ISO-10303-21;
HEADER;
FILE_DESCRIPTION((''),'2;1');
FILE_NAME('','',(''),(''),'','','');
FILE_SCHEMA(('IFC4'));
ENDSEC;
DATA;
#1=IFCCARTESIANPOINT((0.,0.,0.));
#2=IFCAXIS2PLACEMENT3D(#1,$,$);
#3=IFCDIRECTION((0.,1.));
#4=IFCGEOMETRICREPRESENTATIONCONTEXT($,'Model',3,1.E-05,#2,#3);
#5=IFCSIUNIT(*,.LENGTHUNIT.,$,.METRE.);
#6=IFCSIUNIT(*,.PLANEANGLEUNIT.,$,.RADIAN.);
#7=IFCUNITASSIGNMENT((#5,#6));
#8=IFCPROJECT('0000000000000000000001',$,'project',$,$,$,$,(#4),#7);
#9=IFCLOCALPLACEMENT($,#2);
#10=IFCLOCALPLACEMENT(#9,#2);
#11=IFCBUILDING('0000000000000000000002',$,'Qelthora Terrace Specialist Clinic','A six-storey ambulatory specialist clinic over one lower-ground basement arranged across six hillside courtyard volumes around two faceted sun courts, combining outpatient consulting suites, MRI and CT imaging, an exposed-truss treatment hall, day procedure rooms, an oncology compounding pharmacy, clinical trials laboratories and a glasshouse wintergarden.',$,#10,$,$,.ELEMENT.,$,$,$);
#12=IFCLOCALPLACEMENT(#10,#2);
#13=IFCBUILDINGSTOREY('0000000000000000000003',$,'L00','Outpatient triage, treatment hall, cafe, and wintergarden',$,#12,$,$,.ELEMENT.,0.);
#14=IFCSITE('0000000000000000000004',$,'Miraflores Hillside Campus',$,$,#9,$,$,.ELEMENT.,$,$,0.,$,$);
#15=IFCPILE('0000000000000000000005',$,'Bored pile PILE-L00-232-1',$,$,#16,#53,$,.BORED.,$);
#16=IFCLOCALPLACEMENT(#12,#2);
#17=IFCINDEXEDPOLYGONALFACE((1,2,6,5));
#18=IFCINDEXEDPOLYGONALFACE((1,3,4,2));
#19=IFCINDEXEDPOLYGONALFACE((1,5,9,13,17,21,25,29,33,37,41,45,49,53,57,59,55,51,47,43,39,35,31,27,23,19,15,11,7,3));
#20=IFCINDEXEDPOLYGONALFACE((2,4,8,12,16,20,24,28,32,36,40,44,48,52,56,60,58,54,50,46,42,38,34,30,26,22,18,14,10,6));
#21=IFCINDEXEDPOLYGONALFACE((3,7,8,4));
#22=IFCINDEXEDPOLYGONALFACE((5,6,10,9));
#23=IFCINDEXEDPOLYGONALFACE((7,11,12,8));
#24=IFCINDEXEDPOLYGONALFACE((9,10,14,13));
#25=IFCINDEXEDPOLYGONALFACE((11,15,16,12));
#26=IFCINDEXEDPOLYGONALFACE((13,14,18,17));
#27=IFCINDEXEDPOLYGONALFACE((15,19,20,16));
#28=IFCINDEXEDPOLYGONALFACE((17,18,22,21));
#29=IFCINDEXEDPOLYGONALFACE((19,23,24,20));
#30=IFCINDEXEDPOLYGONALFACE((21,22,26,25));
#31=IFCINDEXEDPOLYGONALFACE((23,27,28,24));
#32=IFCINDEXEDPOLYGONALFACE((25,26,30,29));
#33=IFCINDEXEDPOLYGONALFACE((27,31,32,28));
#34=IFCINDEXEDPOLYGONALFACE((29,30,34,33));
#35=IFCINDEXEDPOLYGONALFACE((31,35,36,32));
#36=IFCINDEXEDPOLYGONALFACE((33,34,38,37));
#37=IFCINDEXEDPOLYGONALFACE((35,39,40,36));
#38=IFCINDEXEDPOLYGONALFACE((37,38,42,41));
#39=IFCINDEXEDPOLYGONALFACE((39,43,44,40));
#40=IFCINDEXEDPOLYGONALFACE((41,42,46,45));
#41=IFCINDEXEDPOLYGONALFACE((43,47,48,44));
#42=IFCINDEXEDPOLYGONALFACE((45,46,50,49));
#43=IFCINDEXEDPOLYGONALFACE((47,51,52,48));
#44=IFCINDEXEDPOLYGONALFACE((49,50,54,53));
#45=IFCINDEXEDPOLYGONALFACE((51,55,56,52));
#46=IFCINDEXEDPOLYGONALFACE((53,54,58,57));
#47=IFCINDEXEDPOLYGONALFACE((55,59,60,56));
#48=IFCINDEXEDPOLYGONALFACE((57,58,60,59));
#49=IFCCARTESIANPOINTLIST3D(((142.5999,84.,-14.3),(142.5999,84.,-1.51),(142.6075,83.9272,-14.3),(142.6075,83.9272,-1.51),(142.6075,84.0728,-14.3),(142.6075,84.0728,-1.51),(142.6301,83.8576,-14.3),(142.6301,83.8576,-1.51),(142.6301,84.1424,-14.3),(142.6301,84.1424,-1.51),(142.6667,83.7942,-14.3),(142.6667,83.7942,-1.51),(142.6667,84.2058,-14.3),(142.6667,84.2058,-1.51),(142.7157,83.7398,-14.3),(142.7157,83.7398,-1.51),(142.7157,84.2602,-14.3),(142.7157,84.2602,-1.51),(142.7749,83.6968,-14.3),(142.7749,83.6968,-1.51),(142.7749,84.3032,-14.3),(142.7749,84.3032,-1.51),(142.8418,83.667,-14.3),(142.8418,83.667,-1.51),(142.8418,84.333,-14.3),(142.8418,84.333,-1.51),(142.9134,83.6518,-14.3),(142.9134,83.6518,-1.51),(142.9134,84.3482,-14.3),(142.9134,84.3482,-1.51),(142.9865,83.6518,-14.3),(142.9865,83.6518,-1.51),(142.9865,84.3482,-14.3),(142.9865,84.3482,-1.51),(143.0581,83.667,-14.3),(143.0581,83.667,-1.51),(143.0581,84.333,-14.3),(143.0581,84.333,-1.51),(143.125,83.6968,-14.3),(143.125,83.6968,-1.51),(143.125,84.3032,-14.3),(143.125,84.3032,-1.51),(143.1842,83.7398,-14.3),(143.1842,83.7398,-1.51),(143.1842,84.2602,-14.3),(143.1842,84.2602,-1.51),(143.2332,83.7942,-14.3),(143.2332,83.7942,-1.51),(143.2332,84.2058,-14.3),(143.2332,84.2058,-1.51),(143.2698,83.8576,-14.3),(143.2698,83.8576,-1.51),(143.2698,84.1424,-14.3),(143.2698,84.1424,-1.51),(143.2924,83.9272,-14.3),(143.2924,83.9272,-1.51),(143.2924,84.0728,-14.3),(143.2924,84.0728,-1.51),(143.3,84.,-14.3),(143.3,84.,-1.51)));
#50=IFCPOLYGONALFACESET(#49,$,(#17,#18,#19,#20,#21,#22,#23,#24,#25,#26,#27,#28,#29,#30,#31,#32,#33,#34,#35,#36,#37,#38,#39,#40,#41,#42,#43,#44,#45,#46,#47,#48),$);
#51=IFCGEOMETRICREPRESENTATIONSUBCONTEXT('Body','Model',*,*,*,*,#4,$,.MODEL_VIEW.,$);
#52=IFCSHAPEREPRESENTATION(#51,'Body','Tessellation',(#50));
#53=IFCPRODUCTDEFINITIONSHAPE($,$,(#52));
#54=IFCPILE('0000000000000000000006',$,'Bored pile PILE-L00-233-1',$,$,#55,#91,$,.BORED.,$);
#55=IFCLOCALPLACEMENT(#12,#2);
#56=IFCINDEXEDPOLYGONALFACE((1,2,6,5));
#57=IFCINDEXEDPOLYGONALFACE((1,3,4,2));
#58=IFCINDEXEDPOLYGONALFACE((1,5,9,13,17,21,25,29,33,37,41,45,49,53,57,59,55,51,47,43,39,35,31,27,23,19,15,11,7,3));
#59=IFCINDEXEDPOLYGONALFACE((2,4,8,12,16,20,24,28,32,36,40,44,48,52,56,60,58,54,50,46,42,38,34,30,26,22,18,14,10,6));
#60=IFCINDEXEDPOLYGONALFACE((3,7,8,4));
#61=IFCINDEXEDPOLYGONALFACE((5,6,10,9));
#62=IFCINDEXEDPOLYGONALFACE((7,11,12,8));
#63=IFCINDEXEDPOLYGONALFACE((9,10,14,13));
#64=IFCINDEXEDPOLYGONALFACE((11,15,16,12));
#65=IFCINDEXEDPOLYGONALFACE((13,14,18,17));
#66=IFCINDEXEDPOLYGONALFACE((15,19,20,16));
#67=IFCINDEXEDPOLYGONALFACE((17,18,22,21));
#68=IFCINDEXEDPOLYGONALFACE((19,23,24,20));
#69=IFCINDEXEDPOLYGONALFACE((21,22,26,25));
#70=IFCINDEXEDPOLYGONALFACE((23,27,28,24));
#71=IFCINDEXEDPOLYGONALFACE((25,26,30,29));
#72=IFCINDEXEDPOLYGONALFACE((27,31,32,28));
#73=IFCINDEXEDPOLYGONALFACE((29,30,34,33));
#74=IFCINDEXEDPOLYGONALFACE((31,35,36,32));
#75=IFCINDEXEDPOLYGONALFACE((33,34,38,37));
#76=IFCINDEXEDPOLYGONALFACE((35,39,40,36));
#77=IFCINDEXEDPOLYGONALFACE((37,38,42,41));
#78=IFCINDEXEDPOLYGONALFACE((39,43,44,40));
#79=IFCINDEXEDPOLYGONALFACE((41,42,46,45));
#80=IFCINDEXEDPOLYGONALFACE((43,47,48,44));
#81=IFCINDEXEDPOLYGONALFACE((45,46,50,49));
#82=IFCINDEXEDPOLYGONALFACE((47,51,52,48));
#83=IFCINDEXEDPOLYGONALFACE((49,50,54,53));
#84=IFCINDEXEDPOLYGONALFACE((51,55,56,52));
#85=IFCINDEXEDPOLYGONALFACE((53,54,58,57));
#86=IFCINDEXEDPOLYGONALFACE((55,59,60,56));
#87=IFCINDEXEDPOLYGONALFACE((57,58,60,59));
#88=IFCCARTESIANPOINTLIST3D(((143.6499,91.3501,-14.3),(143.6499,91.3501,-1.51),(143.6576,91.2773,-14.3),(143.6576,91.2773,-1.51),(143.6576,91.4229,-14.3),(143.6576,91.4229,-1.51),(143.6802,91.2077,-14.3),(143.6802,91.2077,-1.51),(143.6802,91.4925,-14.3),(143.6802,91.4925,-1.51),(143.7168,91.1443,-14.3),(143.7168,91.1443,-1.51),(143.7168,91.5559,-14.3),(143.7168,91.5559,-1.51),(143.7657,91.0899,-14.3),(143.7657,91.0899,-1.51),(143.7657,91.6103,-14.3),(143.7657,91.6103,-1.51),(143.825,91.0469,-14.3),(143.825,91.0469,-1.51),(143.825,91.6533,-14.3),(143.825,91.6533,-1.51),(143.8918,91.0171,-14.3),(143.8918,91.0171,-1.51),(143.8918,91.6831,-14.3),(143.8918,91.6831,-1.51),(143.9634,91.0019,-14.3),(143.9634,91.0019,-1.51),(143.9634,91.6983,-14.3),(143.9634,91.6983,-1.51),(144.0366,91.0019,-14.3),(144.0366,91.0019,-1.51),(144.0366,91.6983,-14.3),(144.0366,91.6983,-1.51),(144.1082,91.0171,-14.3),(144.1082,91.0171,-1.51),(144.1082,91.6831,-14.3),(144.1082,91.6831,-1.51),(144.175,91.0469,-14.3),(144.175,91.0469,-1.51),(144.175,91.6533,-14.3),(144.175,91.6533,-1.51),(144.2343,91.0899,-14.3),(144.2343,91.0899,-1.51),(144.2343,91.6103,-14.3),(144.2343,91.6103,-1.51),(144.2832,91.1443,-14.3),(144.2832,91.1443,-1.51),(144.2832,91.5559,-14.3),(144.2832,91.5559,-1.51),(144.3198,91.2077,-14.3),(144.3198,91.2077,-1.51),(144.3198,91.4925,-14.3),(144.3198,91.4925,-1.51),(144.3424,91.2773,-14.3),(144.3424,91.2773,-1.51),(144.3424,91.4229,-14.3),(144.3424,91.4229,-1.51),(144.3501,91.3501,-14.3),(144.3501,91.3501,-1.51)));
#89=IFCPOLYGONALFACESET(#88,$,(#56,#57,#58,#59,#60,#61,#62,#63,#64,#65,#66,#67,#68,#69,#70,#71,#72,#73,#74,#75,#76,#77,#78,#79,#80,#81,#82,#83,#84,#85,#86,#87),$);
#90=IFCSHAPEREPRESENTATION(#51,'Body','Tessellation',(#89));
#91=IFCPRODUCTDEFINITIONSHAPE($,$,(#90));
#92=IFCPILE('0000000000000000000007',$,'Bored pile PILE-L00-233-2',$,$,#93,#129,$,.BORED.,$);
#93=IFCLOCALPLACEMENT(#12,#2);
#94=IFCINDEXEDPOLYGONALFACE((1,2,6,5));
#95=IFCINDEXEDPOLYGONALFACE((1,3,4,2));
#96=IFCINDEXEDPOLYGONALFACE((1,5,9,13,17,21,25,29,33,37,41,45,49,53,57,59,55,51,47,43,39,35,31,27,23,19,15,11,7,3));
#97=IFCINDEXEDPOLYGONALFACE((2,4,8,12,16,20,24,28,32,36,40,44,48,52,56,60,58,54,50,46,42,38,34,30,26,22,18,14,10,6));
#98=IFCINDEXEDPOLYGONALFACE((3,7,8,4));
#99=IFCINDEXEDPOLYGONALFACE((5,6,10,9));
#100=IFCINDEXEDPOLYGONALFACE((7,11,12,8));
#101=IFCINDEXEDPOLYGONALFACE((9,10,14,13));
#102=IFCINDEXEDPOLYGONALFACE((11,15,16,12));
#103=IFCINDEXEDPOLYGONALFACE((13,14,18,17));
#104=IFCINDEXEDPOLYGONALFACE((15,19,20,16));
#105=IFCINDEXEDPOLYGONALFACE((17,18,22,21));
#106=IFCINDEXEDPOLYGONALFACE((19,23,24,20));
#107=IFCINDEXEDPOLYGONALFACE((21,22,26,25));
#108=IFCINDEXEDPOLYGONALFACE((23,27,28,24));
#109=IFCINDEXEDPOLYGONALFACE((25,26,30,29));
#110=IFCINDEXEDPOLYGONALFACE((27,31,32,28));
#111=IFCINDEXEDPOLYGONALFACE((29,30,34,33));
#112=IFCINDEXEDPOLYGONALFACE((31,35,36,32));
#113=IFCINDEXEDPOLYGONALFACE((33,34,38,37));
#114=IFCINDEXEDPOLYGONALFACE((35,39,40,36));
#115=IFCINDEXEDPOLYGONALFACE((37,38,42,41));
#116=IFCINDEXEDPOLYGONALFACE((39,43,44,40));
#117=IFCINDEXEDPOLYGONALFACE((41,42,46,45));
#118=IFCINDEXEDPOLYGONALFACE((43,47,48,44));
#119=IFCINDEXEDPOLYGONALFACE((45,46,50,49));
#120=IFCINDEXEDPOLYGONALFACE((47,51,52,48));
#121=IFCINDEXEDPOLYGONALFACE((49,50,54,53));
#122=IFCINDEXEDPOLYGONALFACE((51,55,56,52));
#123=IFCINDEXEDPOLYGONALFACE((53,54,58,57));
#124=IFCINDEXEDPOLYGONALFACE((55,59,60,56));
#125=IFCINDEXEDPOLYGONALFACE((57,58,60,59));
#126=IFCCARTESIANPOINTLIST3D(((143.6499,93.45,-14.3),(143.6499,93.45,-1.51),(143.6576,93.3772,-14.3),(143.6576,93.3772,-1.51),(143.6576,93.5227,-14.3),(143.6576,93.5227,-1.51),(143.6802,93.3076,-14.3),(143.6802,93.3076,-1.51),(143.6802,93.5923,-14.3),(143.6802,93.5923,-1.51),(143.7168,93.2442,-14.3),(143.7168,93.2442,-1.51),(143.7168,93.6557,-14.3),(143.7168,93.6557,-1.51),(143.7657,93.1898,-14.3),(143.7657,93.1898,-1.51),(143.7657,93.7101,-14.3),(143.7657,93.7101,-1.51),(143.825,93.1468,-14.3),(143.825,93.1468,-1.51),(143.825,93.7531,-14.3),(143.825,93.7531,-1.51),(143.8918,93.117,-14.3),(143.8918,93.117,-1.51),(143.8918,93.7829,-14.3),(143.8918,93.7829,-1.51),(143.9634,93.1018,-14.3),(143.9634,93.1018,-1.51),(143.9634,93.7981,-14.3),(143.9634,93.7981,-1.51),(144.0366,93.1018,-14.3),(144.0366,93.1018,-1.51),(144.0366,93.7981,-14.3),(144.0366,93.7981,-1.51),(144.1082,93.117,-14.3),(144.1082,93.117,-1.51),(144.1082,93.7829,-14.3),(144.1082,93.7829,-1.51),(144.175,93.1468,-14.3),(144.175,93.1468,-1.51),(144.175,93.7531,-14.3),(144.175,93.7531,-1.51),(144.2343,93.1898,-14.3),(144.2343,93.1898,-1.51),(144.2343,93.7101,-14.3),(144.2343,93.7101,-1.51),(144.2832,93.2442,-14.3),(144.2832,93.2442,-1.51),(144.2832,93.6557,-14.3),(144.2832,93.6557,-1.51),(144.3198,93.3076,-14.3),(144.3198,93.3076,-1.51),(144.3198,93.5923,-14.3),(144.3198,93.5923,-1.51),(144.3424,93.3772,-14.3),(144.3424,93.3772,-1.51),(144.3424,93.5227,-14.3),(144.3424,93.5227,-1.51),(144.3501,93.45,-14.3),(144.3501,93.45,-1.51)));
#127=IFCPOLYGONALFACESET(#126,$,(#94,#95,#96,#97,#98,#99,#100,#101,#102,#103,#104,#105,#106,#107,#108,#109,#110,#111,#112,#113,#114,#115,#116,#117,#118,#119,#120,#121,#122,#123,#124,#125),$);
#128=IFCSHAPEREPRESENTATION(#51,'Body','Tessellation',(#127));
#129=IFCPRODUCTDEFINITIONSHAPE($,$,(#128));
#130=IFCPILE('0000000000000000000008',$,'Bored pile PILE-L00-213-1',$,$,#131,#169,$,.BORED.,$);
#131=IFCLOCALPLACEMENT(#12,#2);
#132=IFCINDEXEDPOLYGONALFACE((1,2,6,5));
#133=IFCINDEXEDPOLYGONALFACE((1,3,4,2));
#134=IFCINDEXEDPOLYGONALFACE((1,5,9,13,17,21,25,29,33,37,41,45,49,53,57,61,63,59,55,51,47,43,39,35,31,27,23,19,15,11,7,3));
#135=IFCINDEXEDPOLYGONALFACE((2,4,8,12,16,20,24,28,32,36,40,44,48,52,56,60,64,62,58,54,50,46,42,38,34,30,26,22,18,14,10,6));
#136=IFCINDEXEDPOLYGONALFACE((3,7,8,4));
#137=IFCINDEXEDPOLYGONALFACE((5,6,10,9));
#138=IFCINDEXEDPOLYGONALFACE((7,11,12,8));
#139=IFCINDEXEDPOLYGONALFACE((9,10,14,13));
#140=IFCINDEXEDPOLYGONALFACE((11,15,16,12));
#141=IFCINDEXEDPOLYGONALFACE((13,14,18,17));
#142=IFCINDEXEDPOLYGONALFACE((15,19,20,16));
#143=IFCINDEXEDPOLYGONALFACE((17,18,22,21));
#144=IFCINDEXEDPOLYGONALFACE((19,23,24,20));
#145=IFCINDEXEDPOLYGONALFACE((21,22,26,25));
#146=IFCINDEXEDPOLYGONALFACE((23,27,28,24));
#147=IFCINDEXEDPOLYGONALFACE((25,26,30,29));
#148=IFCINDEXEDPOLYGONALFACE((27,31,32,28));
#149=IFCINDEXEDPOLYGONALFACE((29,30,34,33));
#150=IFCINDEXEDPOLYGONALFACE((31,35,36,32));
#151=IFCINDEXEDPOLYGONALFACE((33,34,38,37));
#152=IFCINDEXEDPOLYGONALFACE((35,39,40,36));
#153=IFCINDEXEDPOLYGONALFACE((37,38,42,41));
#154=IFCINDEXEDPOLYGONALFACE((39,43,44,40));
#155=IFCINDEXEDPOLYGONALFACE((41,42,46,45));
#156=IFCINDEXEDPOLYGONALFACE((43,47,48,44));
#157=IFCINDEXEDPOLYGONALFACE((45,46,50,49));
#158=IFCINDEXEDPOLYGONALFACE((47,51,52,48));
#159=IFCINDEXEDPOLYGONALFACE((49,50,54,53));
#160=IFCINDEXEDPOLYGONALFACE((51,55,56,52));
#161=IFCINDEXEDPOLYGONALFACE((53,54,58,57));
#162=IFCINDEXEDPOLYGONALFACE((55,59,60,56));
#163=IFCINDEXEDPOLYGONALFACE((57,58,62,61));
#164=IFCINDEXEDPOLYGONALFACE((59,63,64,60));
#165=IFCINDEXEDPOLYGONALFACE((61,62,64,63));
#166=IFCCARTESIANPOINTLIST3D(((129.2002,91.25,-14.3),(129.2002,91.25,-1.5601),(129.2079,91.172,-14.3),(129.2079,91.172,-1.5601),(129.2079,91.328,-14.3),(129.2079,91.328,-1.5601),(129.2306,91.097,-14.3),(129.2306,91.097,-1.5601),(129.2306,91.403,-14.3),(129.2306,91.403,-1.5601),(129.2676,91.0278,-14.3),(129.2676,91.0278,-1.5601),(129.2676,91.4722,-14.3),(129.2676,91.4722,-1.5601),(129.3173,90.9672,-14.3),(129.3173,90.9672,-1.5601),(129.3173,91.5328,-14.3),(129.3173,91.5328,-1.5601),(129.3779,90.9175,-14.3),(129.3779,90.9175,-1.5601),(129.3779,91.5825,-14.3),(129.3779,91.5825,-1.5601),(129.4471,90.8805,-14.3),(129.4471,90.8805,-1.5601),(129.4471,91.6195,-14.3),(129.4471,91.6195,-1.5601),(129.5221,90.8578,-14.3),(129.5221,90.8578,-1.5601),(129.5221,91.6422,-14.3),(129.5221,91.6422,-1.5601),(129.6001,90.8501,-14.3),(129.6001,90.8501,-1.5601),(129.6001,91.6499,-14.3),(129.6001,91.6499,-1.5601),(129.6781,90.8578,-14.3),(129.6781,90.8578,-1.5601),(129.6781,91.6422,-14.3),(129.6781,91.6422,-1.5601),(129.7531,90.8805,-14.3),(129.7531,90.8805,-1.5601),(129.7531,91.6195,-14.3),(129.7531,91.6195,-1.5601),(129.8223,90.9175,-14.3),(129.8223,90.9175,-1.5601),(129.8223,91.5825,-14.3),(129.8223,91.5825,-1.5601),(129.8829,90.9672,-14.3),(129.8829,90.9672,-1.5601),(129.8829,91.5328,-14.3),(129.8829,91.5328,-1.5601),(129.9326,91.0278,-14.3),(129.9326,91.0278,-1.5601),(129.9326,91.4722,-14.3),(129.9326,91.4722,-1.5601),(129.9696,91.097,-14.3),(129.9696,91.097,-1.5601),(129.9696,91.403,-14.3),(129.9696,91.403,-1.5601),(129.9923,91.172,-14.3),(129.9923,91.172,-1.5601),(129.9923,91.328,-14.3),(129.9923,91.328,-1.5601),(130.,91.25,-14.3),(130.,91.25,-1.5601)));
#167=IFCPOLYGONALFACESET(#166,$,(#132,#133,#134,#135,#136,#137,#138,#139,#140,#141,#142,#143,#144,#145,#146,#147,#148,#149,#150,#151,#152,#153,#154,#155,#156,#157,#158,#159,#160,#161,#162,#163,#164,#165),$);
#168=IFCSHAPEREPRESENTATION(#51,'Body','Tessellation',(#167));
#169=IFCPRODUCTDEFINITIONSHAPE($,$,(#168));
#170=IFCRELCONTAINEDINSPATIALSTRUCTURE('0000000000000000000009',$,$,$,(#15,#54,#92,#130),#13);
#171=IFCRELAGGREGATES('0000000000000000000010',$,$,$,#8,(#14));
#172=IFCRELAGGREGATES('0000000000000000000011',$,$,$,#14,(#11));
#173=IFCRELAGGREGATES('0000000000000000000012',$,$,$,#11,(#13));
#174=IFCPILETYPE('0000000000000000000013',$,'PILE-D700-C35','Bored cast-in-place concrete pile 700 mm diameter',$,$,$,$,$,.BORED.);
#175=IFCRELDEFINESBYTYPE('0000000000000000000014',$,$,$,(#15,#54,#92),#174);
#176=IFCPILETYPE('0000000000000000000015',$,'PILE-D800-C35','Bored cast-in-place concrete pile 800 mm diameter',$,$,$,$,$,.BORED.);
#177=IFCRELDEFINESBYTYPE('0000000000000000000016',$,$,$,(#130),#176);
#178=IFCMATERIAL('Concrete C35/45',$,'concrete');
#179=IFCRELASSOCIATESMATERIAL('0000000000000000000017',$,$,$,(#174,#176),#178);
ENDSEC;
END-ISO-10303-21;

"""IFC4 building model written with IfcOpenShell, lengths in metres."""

from ifc_helpers import new_model, si_unit, direction, frame, origin, origin_2d, place, context, subcontext, project, spatial, circle, extrude, material, material_profile, profile_set, type_object, element, save


model = new_model("IFC4")

# Units and contexts
model_context = context("Model", 3, precision=1e-05, world=origin(), true_north=direction((0.0, 1.0)))
body_context = subcontext(model_context, "Body", "Model", "MODEL_VIEW")
ifc_project = project(units=[si_unit("LENGTHUNIT", "METRE"), si_unit("PLANEANGLEUNIT", "RADIAN")], contexts=[model_context])

# Site, building, storey
site_placement = place(None, origin())
site = spatial("IfcSite", under=ifc_project, at=site_placement, Name="Miraflores Hillside Campus", CompositionType="ELEMENT", RefElevation=0.0)
building_placement = place(site_placement, origin())
building = spatial("IfcBuilding", under=site, at=building_placement, Name="Qelthora Terrace Specialist Clinic", Description="A six-storey ambulatory specialist clinic over one lower-ground basement arranged across six hillside courtyard volumes around two faceted sun courts, combining outpatient consulting suites, MRI and CT imaging, an exposed-truss treatment hall, day procedure rooms, an oncology compounding pharmacy, clinical trials laboratories and a glasshouse wintergarden.", CompositionType="ELEMENT")
storey_placement = place(building_placement, origin())
storey = spatial("IfcBuildingStorey", under=building, at=storey_placement, Name="L00", Description="Outpatient triage, treatment hall, cafe, and wintergarden", CompositionType="ELEMENT", Elevation=0.0)

# Shared definitions
ifc_material_1 = material(Name="Concrete C35/45", Category="concrete")

# Piles
ifc_material_profile_1 = material_profile(ifc_material_1, circle(Radius=0.3501, at=origin_2d()), Name="PILE700")
ifc_profile_set_1 = profile_set([ifc_material_profile_1], Name="Concrete C35/45")
pile_type_1 = type_object("IfcPileType", Name="PILE-D700-C35", Description="Bored cast-in-place concrete pile 700 mm diameter", PredefinedType="BORED", material=ifc_profile_set_1)
for number, where, z_axis, x_axis, name in (
    (1, (142.95, 84.0, -1.51), (0.0, 0.0, -1.0), (1.0, 0.0, 0.0), "Bored pile PILE-L00-232-1"),
    (2, (144.0, 91.3501, -1.51), (0.0, 0.0, -1.0), (1.0, 0.0, 0.0), "Bored pile PILE-L00-233-1"),
    (3, (144.0, 93.45, -1.51), (0.0, 0.0, -1.0), (1.0, 0.0, 0.0), "Bored pile PILE-L00-233-2"),
):
    element("IfcPile", number, at=place(storey_placement, frame(where, z_axis=z_axis, x_axis=x_axis)), inside=storey, type_object=pile_type_1, Name=name, PredefinedType="BORED", context=body_context, shape_type="SweptSolid", body=[
        extrude(circle(Radius=0.3501, at=origin_2d()), origin(), (0.0, 0.0, 1.0), 12.79),
    ])
ifc_material_profile_2 = material_profile(ifc_material_1, circle(Radius=0.3999, at=origin_2d()), Name="PILE800")
ifc_profile_set_2 = profile_set([ifc_material_profile_2], Name="Concrete C35/45")
pile_type_2 = type_object("IfcPileType", Name="PILE-D800-C35", Description="Bored cast-in-place concrete pile 800 mm diameter", PredefinedType="BORED", material=ifc_profile_set_2)
pile_placement = place(storey_placement, frame((129.6001, 91.25, -1.5601), z_axis=(0.0, 0.0, -1.0), x_axis=(1.0, 0.0, 0.0)))
element("IfcPile", 4, at=pile_placement, inside=storey, type_object=pile_type_2, Name="Bored pile PILE-L00-213-1", PredefinedType="BORED", context=body_context, shape_type="SweptSolid", body=[
    extrude(circle(Radius=0.3999, at=origin_2d()), origin(), (0.0, 0.0, 1.0), 12.74),
])

save(model, "model.ifc")
